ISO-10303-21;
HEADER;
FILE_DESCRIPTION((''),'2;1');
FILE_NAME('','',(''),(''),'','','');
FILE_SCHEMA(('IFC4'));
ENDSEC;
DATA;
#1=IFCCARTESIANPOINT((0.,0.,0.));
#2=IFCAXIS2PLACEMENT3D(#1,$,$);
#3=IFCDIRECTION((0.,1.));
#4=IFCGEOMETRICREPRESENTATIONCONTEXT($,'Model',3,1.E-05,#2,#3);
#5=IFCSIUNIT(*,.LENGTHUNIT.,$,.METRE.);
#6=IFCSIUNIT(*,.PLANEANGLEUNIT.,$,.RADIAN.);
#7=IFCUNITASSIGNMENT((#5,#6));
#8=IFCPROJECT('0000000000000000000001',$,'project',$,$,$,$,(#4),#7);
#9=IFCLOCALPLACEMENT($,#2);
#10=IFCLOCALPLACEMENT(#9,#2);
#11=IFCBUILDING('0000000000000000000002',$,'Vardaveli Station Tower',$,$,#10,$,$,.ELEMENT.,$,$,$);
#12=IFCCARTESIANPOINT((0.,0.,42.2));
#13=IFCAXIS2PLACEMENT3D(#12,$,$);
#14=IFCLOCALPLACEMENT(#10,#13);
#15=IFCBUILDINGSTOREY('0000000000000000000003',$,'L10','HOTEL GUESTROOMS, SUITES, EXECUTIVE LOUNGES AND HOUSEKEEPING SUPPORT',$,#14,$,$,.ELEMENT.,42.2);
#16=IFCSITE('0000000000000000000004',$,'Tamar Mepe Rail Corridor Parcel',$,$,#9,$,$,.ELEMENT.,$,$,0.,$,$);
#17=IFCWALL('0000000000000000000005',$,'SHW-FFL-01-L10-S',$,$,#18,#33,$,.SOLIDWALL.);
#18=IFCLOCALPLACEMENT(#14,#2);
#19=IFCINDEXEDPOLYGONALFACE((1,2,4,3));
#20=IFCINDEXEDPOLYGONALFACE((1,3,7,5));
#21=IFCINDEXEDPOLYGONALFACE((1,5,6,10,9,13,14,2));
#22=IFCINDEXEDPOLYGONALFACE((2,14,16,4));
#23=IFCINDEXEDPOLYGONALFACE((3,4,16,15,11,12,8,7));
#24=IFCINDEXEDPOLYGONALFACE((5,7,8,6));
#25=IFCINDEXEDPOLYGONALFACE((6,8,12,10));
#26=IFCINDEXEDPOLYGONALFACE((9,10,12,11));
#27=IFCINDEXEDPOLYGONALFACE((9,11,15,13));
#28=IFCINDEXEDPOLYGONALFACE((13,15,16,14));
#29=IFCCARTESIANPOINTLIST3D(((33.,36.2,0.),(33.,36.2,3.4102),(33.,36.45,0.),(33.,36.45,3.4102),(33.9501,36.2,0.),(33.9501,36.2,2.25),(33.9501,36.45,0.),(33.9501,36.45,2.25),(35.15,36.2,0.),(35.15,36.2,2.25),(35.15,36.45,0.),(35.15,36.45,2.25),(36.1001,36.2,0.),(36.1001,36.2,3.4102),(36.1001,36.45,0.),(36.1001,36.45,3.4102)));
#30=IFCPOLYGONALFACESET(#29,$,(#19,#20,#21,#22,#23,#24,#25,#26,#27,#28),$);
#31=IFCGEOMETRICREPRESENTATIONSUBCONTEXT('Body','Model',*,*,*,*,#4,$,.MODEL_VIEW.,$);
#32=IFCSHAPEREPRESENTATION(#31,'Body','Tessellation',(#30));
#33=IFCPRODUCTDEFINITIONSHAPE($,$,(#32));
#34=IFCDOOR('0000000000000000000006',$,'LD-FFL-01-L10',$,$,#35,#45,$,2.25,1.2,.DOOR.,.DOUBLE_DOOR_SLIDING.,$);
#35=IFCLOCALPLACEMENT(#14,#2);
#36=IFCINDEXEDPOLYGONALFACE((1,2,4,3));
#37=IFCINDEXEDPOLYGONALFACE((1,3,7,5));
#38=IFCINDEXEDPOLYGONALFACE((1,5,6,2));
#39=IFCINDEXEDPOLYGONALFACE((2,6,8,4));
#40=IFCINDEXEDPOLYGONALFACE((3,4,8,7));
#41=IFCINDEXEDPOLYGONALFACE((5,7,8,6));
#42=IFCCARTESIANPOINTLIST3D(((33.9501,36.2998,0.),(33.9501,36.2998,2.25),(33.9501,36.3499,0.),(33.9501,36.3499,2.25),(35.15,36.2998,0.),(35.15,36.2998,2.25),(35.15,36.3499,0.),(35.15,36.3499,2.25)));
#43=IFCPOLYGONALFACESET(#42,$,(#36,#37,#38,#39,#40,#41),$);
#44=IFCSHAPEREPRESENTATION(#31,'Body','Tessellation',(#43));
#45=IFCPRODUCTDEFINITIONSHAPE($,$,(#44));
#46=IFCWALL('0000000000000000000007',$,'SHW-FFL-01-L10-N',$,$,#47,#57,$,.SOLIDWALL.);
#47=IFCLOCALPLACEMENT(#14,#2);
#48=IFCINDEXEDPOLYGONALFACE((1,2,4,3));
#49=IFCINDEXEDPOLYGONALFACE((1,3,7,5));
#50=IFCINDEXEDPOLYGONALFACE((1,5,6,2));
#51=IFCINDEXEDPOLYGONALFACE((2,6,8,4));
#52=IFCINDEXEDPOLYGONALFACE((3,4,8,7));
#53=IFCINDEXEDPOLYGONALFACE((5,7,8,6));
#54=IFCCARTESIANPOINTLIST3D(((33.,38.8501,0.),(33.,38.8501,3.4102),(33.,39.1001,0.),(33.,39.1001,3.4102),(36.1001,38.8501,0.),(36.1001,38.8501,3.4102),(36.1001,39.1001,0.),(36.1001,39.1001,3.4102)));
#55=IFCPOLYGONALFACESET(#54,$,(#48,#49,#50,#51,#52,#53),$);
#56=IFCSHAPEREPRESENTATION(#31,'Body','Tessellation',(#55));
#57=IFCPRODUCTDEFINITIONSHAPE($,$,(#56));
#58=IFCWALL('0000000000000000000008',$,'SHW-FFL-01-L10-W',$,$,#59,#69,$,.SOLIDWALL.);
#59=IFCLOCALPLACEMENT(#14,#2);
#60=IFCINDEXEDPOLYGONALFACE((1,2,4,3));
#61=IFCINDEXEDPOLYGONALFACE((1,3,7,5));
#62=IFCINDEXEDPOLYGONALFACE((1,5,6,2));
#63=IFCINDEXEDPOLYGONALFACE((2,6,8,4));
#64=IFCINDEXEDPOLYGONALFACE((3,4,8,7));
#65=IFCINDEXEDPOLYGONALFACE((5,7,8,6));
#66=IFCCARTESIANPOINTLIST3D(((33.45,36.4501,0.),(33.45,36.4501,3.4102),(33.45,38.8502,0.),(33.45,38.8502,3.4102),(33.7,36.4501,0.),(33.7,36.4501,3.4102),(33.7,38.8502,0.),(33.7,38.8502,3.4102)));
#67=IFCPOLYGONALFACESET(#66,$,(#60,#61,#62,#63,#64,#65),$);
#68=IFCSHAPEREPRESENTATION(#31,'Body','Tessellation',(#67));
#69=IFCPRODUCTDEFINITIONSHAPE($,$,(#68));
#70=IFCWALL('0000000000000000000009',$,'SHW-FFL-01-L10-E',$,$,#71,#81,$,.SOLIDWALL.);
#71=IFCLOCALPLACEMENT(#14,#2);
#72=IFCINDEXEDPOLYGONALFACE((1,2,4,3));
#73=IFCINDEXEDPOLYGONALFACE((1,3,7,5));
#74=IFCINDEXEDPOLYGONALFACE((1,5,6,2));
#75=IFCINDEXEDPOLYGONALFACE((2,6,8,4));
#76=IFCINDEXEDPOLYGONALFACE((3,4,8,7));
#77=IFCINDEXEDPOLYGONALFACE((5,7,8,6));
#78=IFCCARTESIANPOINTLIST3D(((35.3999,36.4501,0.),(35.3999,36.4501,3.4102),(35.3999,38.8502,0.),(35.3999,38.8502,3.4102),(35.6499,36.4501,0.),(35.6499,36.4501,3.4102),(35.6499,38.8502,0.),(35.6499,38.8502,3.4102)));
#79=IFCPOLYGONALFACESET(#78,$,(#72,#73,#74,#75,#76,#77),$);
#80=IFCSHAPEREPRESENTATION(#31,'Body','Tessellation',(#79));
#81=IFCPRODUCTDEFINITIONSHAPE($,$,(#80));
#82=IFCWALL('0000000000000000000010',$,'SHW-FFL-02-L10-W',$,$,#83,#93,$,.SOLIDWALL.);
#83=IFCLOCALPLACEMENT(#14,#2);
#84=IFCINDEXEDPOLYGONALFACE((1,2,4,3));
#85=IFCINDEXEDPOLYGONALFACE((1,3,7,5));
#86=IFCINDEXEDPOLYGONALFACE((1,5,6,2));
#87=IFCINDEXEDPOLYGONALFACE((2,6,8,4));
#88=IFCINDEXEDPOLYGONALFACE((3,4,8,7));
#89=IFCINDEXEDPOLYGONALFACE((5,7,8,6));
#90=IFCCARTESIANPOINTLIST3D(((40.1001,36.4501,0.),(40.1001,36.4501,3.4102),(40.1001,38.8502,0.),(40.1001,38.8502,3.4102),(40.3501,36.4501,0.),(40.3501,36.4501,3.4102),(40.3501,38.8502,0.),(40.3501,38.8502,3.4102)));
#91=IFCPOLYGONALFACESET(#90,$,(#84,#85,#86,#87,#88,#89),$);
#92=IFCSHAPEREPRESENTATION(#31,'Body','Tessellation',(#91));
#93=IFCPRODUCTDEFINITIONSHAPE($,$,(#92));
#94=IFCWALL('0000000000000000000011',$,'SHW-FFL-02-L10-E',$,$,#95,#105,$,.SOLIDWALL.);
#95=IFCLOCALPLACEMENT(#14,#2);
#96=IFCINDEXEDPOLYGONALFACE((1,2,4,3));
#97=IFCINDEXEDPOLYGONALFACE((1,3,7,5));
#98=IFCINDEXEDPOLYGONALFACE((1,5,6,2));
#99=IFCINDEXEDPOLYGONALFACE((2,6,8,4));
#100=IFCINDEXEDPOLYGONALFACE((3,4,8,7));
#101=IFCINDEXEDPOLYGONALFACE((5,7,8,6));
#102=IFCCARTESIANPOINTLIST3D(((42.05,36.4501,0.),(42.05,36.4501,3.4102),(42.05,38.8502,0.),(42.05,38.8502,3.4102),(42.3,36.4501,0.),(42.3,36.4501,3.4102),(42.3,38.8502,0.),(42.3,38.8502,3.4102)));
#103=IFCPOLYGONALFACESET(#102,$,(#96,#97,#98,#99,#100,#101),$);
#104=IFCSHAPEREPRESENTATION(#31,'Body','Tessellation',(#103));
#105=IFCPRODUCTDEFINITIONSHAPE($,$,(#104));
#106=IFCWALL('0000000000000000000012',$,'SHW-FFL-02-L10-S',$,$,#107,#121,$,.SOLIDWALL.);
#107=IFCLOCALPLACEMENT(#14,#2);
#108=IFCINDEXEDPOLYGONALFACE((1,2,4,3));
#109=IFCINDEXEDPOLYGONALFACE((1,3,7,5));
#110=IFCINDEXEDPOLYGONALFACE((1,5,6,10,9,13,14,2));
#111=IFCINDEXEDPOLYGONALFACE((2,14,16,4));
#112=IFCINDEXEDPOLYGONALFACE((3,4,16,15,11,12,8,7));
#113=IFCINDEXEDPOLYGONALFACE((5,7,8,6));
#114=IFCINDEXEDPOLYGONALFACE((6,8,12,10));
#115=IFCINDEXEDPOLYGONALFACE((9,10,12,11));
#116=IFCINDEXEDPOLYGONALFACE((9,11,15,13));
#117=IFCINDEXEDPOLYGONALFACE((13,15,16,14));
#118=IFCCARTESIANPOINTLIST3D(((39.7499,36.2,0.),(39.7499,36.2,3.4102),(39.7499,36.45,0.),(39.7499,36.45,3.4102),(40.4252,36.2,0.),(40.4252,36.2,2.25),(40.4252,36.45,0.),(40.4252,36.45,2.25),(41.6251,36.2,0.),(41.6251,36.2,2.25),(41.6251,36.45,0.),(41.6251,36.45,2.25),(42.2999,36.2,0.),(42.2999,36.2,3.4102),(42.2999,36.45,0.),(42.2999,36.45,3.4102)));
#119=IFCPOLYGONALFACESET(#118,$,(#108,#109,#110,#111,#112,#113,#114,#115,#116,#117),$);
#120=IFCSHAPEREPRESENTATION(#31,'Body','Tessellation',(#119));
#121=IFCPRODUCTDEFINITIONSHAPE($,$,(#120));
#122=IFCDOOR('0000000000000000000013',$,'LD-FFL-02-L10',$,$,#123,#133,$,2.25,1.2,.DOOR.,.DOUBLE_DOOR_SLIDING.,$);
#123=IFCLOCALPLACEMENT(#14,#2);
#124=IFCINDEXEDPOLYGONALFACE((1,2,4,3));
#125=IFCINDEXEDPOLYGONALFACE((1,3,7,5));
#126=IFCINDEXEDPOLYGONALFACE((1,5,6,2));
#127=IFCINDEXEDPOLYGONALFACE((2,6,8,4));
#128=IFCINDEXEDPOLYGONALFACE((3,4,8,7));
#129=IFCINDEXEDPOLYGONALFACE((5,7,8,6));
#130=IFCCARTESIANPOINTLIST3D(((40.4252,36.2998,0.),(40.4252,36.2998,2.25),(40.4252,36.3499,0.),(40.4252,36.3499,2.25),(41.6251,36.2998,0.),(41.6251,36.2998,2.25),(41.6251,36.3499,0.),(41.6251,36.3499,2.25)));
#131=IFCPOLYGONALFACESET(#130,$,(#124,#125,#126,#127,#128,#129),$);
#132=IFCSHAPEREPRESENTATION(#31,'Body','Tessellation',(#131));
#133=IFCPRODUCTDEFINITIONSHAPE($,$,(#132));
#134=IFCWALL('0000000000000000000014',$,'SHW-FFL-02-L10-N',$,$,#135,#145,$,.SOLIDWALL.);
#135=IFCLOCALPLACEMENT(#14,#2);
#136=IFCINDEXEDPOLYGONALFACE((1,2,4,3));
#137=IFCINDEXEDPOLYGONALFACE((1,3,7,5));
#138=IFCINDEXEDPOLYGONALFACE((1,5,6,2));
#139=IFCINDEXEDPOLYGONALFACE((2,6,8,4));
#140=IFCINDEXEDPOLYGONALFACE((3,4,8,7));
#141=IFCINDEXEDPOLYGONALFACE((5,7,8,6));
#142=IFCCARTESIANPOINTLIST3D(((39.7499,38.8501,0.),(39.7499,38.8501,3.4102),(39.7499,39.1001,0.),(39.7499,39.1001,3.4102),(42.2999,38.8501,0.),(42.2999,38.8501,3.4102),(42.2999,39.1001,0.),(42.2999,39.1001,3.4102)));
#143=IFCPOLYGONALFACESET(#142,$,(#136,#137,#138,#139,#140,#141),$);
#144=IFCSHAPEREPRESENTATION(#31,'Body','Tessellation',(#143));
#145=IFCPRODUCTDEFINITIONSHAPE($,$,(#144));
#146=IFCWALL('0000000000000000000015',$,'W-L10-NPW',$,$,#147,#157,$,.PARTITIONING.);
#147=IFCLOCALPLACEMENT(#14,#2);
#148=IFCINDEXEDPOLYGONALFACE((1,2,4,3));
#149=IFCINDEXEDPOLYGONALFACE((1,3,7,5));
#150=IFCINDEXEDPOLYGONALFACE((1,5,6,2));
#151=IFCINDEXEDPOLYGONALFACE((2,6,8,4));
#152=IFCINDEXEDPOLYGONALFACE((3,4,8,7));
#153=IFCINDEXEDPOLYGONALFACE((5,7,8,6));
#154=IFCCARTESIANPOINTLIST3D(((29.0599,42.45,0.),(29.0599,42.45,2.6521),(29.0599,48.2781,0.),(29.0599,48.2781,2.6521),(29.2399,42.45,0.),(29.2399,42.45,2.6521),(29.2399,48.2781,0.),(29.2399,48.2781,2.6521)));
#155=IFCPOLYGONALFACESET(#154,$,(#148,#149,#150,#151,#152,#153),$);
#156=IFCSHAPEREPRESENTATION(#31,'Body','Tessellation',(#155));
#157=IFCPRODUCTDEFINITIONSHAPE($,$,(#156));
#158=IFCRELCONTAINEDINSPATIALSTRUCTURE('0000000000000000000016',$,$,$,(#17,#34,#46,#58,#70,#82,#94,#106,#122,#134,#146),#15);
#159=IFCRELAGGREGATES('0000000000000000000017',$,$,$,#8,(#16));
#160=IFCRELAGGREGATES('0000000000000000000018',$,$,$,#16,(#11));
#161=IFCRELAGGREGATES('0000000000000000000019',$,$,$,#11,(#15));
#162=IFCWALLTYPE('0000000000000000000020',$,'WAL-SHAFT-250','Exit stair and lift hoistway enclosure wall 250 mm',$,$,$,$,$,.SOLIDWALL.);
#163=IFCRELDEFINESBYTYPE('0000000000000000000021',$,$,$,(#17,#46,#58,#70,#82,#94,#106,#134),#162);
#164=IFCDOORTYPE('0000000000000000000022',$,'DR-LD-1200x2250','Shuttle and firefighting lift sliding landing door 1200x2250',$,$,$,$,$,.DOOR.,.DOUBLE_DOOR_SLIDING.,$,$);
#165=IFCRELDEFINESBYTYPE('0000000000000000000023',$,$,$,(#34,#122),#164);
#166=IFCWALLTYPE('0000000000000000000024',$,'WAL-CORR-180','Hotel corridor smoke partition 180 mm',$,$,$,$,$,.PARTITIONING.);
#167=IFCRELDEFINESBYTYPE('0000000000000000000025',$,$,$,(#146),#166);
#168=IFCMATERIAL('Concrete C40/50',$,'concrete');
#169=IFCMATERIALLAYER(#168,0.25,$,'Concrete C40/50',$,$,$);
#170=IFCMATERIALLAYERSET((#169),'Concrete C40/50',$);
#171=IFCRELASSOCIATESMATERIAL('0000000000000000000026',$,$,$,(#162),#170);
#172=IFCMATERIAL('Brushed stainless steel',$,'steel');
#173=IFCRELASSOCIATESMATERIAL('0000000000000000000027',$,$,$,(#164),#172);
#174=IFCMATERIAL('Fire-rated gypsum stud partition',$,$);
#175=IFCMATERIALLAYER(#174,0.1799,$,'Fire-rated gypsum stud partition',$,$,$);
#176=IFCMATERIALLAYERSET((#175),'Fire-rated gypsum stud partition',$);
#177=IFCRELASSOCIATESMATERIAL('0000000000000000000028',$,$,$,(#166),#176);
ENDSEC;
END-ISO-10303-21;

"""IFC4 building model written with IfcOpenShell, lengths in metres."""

from ifc_helpers import new_model, si_unit, direction, frame, frame_2d, origin, place, context, subcontext, project, spatial, rectangle, extrude, source, transform, mapped, material, layer, layer_set, type_object, element, fill, save


model = new_model("IFC4")

# Units and contexts
model_context = context("Model", 3, precision=1e-05, world=origin(), true_north=direction((0.0, 1.0)))
body_context = subcontext(model_context, "Body", "Model", "MODEL_VIEW")
ifc_project = project(units=[si_unit("LENGTHUNIT", "METRE"), si_unit("PLANEANGLEUNIT", "RADIAN")], contexts=[model_context])

# Site, building, storey
site_placement = place(None, origin())
site = spatial("IfcSite", under=ifc_project, at=site_placement, Name="Tamar Mepe Rail Corridor Parcel", CompositionType="ELEMENT", RefElevation=0.0)
building_placement = place(site_placement, origin())
building = spatial("IfcBuilding", under=site, at=building_placement, Name="Vardaveli Station Tower", CompositionType="ELEMENT")
storey_placement = place(building_placement, frame((0.0, 0.0, 42.2)))
storey = spatial("IfcBuildingStorey", under=building, at=storey_placement, Name="L10", Description="HOTEL GUESTROOMS, SUITES, EXECUTIVE LOUNGES AND HOUSEKEEPING SUPPORT", CompositionType="ELEMENT", Elevation=42.2)

# Shared definitions
ifc_material_1 = material(Name="Concrete C40/50", Category="concrete")
ifc_layer_1 = layer(ifc_material_1, 0.25, Name="Concrete C40/50")
ifc_layer_set_1 = layer_set([ifc_layer_1], Name="Concrete C40/50")
wall_type_1 = type_object("IfcWallType", Name="WAL-SHAFT-250", Description="Exit stair and lift hoistway enclosure wall 250 mm", PredefinedType="SOLIDWALL", material=ifc_layer_set_1)

# Wall, opening, door
shared_shape_1 = source(origin(), body_context, "Body", "SweptSolid", [
    extrude(rectangle(XDim=3.1001, YDim=0.25, at=frame_2d((1.55, 0.0))), origin(), (0.0, 0.0, 1.0), 3.4102),
])
wall_1_placement = place(storey_placement, frame((33.0, 36.325, 0.0), z_axis=(0.0, 0.0, 1.0), x_axis=(1.0, 0.0, 0.0)))
wall_1 = element("IfcWall", 1, at=wall_1_placement, inside=storey, type_object=wall_type_1, Name="SHW-FFL-01-L10-S", PredefinedType="SOLIDWALL", context=body_context, shape_type="MappedRepresentation", body=[
    mapped(shared_shape_1, transform((0.0, 0.0, 0.0), scale=1.0)),
])
shared_shape_2 = source(origin(), body_context, "Body", "SweptSolid", [
    extrude(rectangle(XDim=1.2, YDim=2.25, at=frame_2d((0.6001, 1.125))), frame((0.0, 0.135, 0.0), z_axis=(0.0, -1.0, 0.0), x_axis=(1.0, 0.0, 0.0)), (0.0, 0.0, 1.0), 0.27),
])
opening_1_placement = place(wall_1_placement, frame((0.95, 0.0, 0.0)))
opening_1 = element("IfcOpeningElement", 2, at=opening_1_placement, cuts=wall_1, PredefinedType="OPENING", context=body_context, shape_type="MappedRepresentation", body=[
    mapped(shared_shape_2, transform((0.0, 0.0, 0.0), scale=1.0)),
])
ifc_material_2 = material(Name="Brushed stainless steel", Category="steel")
door_type = type_object("IfcDoorType", Name="DR-LD-1200x2250", Description="Shuttle and firefighting lift sliding landing door 1200x2250", OperationType="DOUBLE_DOOR_SLIDING", PredefinedType="DOOR", material=ifc_material_2)
shared_shape_3 = source(origin(), body_context, "Body", "SweptSolid", [
    extrude(rectangle(XDim=1.2, YDim=2.25, at=frame_2d((0.6001, 1.125))), frame((0.0, 0.0249, 0.0), z_axis=(0.0, -1.0, 0.0), x_axis=(1.0, 0.0, 0.0)), (0.0, 0.0, 1.0), 0.05),
])
door_1_placement = place(opening_1_placement, origin())
door_1 = element("IfcDoor", 3, at=door_1_placement, inside=storey, type_object=door_type, Name="LD-FFL-01-L10", OperationType="DOUBLE_DOOR_SLIDING", OverallHeight=2.25, OverallWidth=1.2, PredefinedType="DOOR", context=body_context, shape_type="MappedRepresentation", body=[
    mapped(shared_shape_3, transform((0.0, 0.0, 0.0), scale=1.0)),
])
fill(opening_1, door_1)

# Walls
wall_2_placement = place(storey_placement, frame((33.0, 38.9751, 0.0), z_axis=(0.0, 0.0, 1.0), x_axis=(1.0, 0.0, 0.0)))
element("IfcWall", 4, at=wall_2_placement, inside=storey, type_object=wall_type_1, Name="SHW-FFL-01-L10-N", PredefinedType="SOLIDWALL", context=body_context, shape_type="MappedRepresentation", body=[
    mapped(shared_shape_1, transform((0.0, 0.0, 0.0), scale=1.0)),
])
shared_shape_4 = source(origin(), body_context, "Body", "SweptSolid", [
    extrude(rectangle(XDim=2.4001, YDim=0.25, at=frame_2d((1.2002, 0.0))), origin(), (0.0, 0.0, 1.0), 3.4102),
])
for number, where, z_axis, x_axis, name in (
    (5, (33.575, 36.45, 0.0), (0.0, 0.0, 1.0), (0.0, 1.0, 0.0), "SHW-FFL-01-L10-W"),
    (6, (35.5249, 36.45, 0.0), (0.0, 0.0, 1.0), (0.0, 1.0, 0.0), "SHW-FFL-01-L10-E"),
    (7, (40.2251, 36.45, 0.0), (0.0, 0.0, 1.0), (0.0, 1.0, 0.0), "SHW-FFL-02-L10-W"),
    (8, (42.175, 36.45, 0.0), (0.0, 0.0, 1.0), (0.0, 1.0, 0.0), "SHW-FFL-02-L10-E"),
):
    element("IfcWall", number, at=place(storey_placement, frame(where, z_axis=z_axis, x_axis=x_axis)), inside=storey, type_object=wall_type_1, Name=name, PredefinedType="SOLIDWALL", context=body_context, shape_type="MappedRepresentation", body=[
        mapped(shared_shape_4, transform((0.0, 0.0, 0.0), scale=1.0)),
    ])

# Wall, opening, door
shared_shape_5 = source(origin(), body_context, "Body", "SweptSolid", [
    extrude(rectangle(XDim=2.55, YDim=0.25, at=frame_2d((1.2749, 0.0))), origin(), (0.0, 0.0, 1.0), 3.4102),
])
wall_3_placement = place(storey_placement, frame((39.75, 36.325, 0.0), z_axis=(0.0, 0.0, 1.0), x_axis=(1.0, 0.0, 0.0)))
wall_3 = element("IfcWall", 9, at=wall_3_placement, inside=storey, type_object=wall_type_1, Name="SHW-FFL-02-L10-S", PredefinedType="SOLIDWALL", context=body_context, shape_type="MappedRepresentation", body=[
    mapped(shared_shape_5, transform((0.0, 0.0, 0.0), scale=1.0)),
])
opening_2_placement = place(wall_3_placement, frame((0.675, 0.0, 0.0)))
opening_2 = element("IfcOpeningElement", 10, at=opening_2_placement, cuts=wall_3, PredefinedType="OPENING", context=body_context, shape_type="MappedRepresentation", body=[
    mapped(shared_shape_2, transform((0.0, 0.0, 0.0), scale=1.0)),
])
door_2_placement = place(opening_2_placement, origin())
door_2 = element("IfcDoor", 11, at=door_2_placement, inside=storey, type_object=door_type, Name="LD-FFL-02-L10", OperationType="DOUBLE_DOOR_SLIDING", OverallHeight=2.25, OverallWidth=1.2, PredefinedType="DOOR", context=body_context, shape_type="MappedRepresentation", body=[
    mapped(shared_shape_3, transform((0.0, 0.0, 0.0), scale=1.0)),
])
fill(opening_2, door_2)

# Walls
wall_4_placement = place(storey_placement, frame((39.75, 38.9751, 0.0), z_axis=(0.0, 0.0, 1.0), x_axis=(1.0, 0.0, 0.0)))
element("IfcWall", 12, at=wall_4_placement, inside=storey, type_object=wall_type_1, Name="SHW-FFL-02-L10-N", PredefinedType="SOLIDWALL", context=body_context, shape_type="MappedRepresentation", body=[
    mapped(shared_shape_5, transform((0.0, 0.0, 0.0), scale=1.0)),
])
ifc_material_3 = material(Name="Fire-rated gypsum stud partition")
ifc_layer_2 = layer(ifc_material_3, 0.1799, Name="Fire-rated gypsum stud partition")
ifc_layer_set_2 = layer_set([ifc_layer_2], Name="Fire-rated gypsum stud partition")
wall_type_2 = type_object("IfcWallType", Name="WAL-CORR-180", Description="Hotel corridor smoke partition 180 mm", PredefinedType="PARTITIONING", material=ifc_layer_set_2)
shared_shape_6 = source(origin(), body_context, "Body", "SweptSolid", [
    extrude(rectangle(XDim=5.8281, YDim=0.1799, at=frame_2d((2.9141, 0.0))), origin(), (0.0, 0.0, 1.0), 2.6521),
])
wall_5_placement = place(storey_placement, frame((29.1499, 42.45, 0.0), z_axis=(0.0, 0.0, 1.0), x_axis=(0.0, 1.0, 0.0)))
element("IfcWall", 13, at=wall_5_placement, inside=storey, type_object=wall_type_2, Name="W-L10-NPW", PredefinedType="PARTITIONING", context=body_context, shape_type="MappedRepresentation", body=[
    mapped(shared_shape_6, transform((0.0, 0.0, 0.0), scale=1.0)),
])

save(model, "model.ifc")
